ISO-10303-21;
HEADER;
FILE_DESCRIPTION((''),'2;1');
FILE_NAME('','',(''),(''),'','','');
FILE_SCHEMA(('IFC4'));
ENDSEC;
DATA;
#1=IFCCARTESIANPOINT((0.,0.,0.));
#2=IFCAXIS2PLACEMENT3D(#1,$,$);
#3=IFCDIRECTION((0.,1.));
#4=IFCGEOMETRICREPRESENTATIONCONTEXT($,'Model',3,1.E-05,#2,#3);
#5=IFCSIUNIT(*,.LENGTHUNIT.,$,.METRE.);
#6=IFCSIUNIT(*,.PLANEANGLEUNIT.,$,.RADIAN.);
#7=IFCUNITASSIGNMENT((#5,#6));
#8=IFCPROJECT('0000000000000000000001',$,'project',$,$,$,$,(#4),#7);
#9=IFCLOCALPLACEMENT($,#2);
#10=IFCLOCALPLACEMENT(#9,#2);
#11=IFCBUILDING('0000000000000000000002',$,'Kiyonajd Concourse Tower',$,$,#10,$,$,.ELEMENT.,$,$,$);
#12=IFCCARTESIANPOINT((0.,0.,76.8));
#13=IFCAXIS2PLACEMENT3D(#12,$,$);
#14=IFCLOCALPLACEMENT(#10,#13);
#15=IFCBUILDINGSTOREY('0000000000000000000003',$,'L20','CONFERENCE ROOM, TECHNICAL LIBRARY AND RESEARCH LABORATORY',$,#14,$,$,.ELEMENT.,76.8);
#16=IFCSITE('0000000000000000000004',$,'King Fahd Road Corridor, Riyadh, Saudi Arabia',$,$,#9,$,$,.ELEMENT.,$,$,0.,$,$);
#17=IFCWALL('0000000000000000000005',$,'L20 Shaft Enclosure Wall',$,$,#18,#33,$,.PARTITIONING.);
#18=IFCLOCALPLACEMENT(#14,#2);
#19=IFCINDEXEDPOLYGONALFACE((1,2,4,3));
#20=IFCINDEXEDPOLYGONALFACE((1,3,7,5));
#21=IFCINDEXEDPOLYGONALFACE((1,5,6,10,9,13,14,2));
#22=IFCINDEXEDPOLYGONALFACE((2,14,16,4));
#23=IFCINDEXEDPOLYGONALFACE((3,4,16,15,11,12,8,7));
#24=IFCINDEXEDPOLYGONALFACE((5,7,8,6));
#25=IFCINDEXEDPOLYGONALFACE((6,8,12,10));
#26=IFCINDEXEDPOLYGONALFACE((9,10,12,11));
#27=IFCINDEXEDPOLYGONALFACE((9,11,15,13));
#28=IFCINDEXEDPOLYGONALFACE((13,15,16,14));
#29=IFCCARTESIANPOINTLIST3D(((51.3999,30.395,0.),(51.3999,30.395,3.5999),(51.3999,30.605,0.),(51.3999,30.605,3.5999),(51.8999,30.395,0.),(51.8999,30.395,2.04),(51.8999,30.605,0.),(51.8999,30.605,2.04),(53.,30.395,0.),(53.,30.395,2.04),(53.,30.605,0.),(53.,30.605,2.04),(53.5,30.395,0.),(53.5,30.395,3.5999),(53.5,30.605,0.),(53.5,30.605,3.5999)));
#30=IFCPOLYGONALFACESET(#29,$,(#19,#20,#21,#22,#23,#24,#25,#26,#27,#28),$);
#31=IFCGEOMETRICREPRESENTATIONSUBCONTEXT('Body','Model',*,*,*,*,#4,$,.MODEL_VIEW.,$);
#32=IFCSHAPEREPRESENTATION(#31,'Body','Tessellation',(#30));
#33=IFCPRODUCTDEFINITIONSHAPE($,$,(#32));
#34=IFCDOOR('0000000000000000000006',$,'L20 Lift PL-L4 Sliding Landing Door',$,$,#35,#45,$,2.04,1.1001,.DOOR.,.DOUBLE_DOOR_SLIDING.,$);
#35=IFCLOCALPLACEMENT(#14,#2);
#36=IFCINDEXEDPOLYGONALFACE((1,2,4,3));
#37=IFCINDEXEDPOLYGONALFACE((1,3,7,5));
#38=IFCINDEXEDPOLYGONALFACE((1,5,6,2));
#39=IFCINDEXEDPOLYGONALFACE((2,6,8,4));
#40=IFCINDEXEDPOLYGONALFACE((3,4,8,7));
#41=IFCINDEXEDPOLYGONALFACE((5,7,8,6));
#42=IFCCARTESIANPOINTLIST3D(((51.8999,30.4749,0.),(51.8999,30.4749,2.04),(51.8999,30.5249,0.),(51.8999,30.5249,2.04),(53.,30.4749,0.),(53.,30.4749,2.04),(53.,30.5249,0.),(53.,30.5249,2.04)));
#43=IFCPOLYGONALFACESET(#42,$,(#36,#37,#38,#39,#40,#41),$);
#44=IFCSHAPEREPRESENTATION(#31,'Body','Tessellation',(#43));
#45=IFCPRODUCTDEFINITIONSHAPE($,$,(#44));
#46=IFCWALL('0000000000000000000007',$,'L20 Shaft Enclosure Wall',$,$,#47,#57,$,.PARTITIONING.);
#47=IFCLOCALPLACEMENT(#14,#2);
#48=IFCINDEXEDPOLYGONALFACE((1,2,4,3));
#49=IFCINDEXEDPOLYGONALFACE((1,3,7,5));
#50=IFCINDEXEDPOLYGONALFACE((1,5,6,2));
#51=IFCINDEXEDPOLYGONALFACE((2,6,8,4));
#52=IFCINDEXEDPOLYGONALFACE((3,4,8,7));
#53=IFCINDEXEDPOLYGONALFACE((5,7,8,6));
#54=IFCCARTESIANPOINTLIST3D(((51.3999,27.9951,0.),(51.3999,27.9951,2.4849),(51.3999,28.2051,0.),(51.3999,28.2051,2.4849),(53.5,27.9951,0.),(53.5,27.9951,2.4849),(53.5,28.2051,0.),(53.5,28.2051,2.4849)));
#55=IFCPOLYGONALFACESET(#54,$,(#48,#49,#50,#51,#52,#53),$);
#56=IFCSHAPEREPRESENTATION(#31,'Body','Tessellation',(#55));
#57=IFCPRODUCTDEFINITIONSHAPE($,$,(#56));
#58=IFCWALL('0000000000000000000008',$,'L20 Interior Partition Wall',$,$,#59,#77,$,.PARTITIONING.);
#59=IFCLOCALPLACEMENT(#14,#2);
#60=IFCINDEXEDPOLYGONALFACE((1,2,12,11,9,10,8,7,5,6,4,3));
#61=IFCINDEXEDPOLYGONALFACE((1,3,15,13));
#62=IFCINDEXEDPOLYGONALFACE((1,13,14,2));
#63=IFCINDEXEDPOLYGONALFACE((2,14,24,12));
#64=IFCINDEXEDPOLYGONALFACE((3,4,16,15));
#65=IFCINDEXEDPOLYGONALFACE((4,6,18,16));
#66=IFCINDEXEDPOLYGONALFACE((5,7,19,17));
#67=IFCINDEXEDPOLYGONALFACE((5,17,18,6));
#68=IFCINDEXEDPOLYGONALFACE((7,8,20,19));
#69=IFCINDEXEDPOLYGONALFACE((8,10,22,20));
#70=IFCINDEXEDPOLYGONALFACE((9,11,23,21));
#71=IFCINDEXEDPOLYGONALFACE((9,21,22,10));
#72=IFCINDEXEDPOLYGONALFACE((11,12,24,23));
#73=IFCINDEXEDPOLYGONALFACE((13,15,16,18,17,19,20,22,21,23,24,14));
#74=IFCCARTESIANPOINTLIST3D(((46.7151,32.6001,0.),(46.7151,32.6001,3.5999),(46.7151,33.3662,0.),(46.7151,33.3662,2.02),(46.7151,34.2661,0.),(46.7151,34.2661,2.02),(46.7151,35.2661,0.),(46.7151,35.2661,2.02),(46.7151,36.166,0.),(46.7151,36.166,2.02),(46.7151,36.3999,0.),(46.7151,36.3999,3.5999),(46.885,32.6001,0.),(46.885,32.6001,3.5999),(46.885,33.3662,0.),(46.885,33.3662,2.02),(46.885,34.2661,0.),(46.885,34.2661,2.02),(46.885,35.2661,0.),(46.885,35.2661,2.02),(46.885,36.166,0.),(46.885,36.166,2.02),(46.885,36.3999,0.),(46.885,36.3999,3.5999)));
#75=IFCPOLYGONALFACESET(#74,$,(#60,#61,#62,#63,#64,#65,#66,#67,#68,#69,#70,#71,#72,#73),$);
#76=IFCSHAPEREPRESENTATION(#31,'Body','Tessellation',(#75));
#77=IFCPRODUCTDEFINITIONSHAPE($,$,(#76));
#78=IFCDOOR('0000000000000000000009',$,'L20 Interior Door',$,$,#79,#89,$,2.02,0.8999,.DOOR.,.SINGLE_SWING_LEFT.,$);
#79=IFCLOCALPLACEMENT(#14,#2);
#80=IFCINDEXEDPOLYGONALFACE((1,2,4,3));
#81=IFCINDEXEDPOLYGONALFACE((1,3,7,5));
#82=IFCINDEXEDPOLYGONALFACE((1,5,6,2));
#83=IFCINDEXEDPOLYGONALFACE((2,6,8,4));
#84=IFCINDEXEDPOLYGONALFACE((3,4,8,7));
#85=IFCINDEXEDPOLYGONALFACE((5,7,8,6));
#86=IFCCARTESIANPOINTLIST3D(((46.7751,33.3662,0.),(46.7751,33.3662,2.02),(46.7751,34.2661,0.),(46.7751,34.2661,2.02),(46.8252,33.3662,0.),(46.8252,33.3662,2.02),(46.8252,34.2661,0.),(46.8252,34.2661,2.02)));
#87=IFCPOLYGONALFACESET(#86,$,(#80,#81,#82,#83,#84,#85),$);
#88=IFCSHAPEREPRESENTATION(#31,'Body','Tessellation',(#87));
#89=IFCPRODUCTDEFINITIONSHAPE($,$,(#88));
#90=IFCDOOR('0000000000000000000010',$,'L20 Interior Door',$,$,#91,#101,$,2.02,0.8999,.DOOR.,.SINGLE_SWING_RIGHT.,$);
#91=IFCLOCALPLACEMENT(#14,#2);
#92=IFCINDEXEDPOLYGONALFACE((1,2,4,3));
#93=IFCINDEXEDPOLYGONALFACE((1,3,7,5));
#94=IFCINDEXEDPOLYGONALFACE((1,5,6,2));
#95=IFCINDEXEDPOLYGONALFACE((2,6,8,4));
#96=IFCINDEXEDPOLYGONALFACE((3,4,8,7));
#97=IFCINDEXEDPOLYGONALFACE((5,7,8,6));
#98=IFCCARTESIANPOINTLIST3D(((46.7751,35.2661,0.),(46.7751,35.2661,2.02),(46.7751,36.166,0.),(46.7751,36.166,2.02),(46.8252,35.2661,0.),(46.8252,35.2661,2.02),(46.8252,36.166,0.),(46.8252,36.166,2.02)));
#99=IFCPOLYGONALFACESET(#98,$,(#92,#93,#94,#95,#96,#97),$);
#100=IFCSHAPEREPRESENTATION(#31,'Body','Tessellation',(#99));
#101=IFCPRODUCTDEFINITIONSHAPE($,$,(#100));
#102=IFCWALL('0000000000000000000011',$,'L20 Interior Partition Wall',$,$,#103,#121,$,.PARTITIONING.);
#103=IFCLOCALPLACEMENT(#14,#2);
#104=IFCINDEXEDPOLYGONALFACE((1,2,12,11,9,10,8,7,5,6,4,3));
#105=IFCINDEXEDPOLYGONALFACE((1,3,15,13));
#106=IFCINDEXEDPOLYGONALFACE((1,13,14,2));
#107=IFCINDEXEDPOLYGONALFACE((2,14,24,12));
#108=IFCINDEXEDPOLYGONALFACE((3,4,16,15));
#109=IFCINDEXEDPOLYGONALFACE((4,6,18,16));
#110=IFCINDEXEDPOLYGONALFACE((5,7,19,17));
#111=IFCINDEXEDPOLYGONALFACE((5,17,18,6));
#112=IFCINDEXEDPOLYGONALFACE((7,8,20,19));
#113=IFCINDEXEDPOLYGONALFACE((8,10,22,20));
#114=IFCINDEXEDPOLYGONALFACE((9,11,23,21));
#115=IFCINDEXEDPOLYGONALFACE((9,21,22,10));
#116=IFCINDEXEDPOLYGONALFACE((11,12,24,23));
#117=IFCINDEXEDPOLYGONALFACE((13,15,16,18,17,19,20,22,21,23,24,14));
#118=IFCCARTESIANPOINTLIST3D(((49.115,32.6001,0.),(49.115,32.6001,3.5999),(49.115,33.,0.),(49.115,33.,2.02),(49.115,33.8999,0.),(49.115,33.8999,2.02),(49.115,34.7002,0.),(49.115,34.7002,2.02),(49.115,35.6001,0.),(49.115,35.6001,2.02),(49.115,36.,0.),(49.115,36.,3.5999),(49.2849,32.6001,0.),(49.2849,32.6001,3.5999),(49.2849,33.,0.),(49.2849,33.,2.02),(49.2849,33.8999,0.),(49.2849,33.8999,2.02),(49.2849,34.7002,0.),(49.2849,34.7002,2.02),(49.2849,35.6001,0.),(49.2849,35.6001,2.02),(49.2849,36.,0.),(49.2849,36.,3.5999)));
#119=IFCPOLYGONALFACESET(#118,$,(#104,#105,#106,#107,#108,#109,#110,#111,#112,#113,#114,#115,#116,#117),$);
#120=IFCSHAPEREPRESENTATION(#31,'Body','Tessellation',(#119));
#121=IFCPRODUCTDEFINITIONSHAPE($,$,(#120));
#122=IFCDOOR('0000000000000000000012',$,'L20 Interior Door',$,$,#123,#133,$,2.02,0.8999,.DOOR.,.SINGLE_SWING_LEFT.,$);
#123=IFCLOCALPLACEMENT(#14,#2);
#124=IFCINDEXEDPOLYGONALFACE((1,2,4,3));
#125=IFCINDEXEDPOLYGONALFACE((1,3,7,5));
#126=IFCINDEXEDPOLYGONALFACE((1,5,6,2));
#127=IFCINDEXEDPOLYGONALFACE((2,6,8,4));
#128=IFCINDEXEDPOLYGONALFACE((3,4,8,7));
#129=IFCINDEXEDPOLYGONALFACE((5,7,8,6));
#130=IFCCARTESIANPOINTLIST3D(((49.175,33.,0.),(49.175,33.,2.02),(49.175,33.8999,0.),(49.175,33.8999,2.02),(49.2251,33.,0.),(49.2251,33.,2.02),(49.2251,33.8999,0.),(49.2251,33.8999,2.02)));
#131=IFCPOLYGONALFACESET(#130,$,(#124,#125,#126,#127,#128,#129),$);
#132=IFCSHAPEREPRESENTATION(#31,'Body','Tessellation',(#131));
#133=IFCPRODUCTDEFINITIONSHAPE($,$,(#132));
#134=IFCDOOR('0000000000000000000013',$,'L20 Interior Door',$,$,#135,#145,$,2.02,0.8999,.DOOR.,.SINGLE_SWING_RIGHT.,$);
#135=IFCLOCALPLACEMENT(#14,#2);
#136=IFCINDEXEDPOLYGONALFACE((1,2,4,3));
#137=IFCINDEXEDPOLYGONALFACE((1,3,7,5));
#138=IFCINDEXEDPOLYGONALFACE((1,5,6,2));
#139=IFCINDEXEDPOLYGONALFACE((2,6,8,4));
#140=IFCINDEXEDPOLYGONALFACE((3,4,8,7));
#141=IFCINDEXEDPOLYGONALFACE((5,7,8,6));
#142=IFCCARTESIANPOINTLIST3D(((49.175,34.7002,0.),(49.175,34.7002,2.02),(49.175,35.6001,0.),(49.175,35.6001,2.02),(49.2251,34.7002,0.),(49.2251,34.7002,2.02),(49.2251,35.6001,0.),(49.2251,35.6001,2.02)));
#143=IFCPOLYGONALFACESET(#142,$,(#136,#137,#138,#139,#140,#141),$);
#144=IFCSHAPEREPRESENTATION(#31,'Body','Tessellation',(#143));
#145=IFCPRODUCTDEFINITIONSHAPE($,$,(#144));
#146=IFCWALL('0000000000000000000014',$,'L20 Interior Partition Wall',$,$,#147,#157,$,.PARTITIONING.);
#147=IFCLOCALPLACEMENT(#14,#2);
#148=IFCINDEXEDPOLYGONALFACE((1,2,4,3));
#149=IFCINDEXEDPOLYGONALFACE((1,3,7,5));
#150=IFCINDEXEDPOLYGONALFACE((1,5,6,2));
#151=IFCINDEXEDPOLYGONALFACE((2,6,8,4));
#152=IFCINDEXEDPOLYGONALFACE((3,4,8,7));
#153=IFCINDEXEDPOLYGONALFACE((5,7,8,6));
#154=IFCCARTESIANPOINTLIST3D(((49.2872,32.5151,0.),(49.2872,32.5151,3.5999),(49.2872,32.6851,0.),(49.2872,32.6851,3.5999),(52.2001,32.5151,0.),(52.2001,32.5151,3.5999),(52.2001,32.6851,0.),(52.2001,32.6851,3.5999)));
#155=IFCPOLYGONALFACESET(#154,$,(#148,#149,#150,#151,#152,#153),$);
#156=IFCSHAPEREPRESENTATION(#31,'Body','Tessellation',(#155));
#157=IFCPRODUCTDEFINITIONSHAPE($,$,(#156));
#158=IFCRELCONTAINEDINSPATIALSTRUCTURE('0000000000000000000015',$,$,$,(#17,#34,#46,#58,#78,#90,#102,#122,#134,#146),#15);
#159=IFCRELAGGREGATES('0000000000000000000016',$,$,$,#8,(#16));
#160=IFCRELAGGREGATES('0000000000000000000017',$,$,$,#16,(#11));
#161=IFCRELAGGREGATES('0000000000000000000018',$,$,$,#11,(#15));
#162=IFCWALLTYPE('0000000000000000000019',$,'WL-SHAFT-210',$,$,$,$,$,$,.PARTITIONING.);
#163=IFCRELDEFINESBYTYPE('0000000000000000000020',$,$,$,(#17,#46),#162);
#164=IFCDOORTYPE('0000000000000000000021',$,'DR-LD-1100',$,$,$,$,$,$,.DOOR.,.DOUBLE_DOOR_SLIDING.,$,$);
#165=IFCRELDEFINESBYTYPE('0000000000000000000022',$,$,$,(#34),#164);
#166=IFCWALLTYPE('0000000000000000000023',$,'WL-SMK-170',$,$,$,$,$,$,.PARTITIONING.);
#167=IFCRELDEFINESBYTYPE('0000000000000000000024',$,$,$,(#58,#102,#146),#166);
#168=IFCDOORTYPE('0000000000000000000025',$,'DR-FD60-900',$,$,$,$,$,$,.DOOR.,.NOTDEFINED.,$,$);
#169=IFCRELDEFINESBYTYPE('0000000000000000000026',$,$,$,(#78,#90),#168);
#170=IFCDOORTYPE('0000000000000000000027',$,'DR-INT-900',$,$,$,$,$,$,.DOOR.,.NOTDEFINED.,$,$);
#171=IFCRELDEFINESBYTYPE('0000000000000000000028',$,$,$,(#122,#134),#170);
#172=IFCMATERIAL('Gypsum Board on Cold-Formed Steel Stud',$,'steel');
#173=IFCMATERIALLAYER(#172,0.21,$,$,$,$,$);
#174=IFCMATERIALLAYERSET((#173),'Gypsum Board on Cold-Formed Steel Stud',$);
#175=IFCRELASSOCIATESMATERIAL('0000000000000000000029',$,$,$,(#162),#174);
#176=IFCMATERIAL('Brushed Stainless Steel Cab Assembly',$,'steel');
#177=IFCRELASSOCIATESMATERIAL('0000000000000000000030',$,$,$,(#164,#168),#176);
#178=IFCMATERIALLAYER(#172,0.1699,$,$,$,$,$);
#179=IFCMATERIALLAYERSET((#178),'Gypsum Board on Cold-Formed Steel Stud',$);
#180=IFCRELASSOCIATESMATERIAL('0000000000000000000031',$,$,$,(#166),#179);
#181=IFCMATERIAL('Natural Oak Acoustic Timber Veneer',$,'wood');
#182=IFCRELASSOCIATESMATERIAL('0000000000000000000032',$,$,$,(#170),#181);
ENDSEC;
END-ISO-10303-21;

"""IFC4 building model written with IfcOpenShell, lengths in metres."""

from ifc_helpers import new_model, si_unit, direction, frame, frame_2d, origin, place, context, subcontext, project, spatial, rectangle, extrude, material, layer, layer_set, type_object, element, fill, save


model = new_model("IFC4")

# Units and contexts
model_context = context("Model", 3, precision=1e-05, world=origin(), true_north=direction((0.0, 1.0)))
body_context = subcontext(model_context, "Body", "Model", "MODEL_VIEW")
ifc_project = project(units=[si_unit("LENGTHUNIT", "METRE"), si_unit("PLANEANGLEUNIT", "RADIAN")], contexts=[model_context])

# Site, building, storey
site_placement = place(None, origin())
site = spatial("IfcSite", under=ifc_project, at=site_placement, Name="King Fahd Road Corridor, Riyadh, Saudi Arabia", CompositionType="ELEMENT", RefElevation=0.0)
building_placement = place(site_placement, origin())
building = spatial("IfcBuilding", under=site, at=building_placement, Name="Kiyonajd Concourse Tower", CompositionType="ELEMENT")
storey_placement = place(building_placement, frame((0.0, 0.0, 76.8)))
storey = spatial("IfcBuildingStorey", under=building, at=storey_placement, Name="L20", Description="CONFERENCE ROOM, TECHNICAL LIBRARY AND RESEARCH LABORATORY", CompositionType="ELEMENT", Elevation=76.8)

# Shared definitions
ifc_material_1 = material(Name="Brushed Stainless Steel Cab Assembly", Category="steel")

# Shared definitions
ifc_material_2 = material(Name="Gypsum Board on Cold-Formed Steel Stud", Category="steel")
ifc_layer_1 = layer(ifc_material_2, 0.21)
ifc_layer_set_1 = layer_set([ifc_layer_1], Name="Gypsum Board on Cold-Formed Steel Stud")
wall_type_1 = type_object("IfcWallType", Name="WL-SHAFT-210", PredefinedType="PARTITIONING", material=ifc_layer_set_1)

# Shared definitions
door_type_1 = type_object("IfcDoorType", Name="DR-LD-1100", OperationType="DOUBLE_DOOR_SLIDING", PredefinedType="DOOR", material=ifc_material_1)

# Wall, opening, door
wall_1_placement = place(storey_placement, frame((51.3999, 30.5, 0.0), z_axis=(0.0, 0.0, 1.0), x_axis=(1.0, 0.0, 0.0)))
wall_1 = element("IfcWall", 1, at=wall_1_placement, inside=storey, type_object=wall_type_1, Name="L20 Shaft Enclosure Wall", PredefinedType="PARTITIONING", context=body_context, shape_type="SweptSolid", body=[
    extrude(rectangle(XDim=2.1001, YDim=0.21, at=frame_2d((1.05, 0.0))), origin(), (0.0, 0.0, 1.0), 3.5999),
])
opening_1_placement = place(wall_1_placement, frame((0.5, 0.0, 0.0)))
opening_1 = element("IfcOpeningElement", 2, at=opening_1_placement, cuts=wall_1, PredefinedType="OPENING", context=body_context, shape_type="SweptSolid", body=[
    extrude(rectangle(XDim=1.1001, YDim=2.04, at=frame_2d((0.55, 1.02))), frame((0.0, 0.115, 0.0), z_axis=(0.0, -1.0, 0.0), x_axis=(1.0, 0.0, 0.0)), (0.0, 0.0, 1.0), 0.23),
])
door_1_placement = place(opening_1_placement, origin())
door_1 = element("IfcDoor", 3, at=door_1_placement, inside=storey, type_object=door_type_1, Name="L20 Lift PL-L4 Sliding Landing Door", OperationType="DOUBLE_DOOR_SLIDING", OverallHeight=2.04, OverallWidth=1.1001, PredefinedType="DOOR", context=body_context, shape_type="SweptSolid", body=[
    extrude(rectangle(XDim=1.1001, YDim=2.04, at=frame_2d((0.55, 1.02))), frame((0.0, 0.0249, 0.0), z_axis=(0.0, -1.0, 0.0), x_axis=(1.0, 0.0, 0.0)), (0.0, 0.0, 1.0), 0.05),
])
fill(opening_1, door_1)

# Wall
wall_2_placement = place(storey_placement, frame((51.3999, 28.1001, 0.0), z_axis=(0.0, 0.0, 1.0), x_axis=(1.0, 0.0, 0.0)))
element("IfcWall", 4, at=wall_2_placement, inside=storey, type_object=wall_type_1, Name="L20 Shaft Enclosure Wall", PredefinedType="PARTITIONING", context=body_context, shape_type="SweptSolid", body=[
    extrude(rectangle(XDim=2.1001, YDim=0.21, at=frame_2d((1.05, 0.0))), origin(), (0.0, 0.0, 1.0), 2.4849),
])

# Walls, openings, doors
ifc_layer_2 = layer(ifc_material_2, 0.1699)
ifc_layer_set_2 = layer_set([ifc_layer_2], Name="Gypsum Board on Cold-Formed Steel Stud")
wall_type_2 = type_object("IfcWallType", Name="WL-SMK-170", PredefinedType="PARTITIONING", material=ifc_layer_set_2)
wall_3_placement = place(storey_placement, frame((46.8, 32.6001, 0.0), z_axis=(0.0, 0.0, 1.0), x_axis=(0.0, 1.0, 0.0)))
wall_3 = element("IfcWall", 5, at=wall_3_placement, inside=storey, type_object=wall_type_2, Name="L20 Interior Partition Wall", PredefinedType="PARTITIONING", context=body_context, shape_type="SweptSolid", body=[
    extrude(rectangle(XDim=3.7998, YDim=0.1699, at=frame_2d((1.8999, 0.0))), origin(), (0.0, 0.0, 1.0), 3.5999),
])
opening_2_placement = place(wall_3_placement, frame((0.7661, 0.0, 0.0)))
opening_2 = element("IfcOpeningElement", 6, at=opening_2_placement, cuts=wall_3, PredefinedType="OPENING", context=body_context, shape_type="SweptSolid", body=[
    extrude(rectangle(XDim=0.8999, YDim=2.02, at=frame_2d((0.45, 1.01))), frame((0.0, 0.095, 0.0), z_axis=(0.0, -1.0, 0.0), x_axis=(1.0, 0.0, 0.0)), (0.0, 0.0, 1.0), 0.1899),
])
opening_3_placement = place(wall_3_placement, frame((2.666, 0.0, 0.0)))
opening_3 = element("IfcOpeningElement", 7, at=opening_3_placement, cuts=wall_3, PredefinedType="OPENING", context=body_context, shape_type="SweptSolid", body=[
    extrude(rectangle(XDim=0.8999, YDim=2.02, at=frame_2d((0.45, 1.01))), frame((0.0, 0.095, 0.0), z_axis=(0.0, -1.0, 0.0), x_axis=(1.0, 0.0, 0.0)), (0.0, 0.0, 1.0), 0.1899),
])
door_type_2 = type_object("IfcDoorType", Name="DR-FD60-900", OperationType="NOTDEFINED", PredefinedType="DOOR", material=ifc_material_1)
door_2_placement = place(opening_2_placement, origin())
door_2 = element("IfcDoor", 8, at=door_2_placement, inside=storey, type_object=door_type_2, Name="L20 Interior Door", OperationType="SINGLE_SWING_LEFT", OverallHeight=2.02, OverallWidth=0.8999, PredefinedType="DOOR", context=body_context, shape_type="SweptSolid", body=[
    extrude(rectangle(XDim=0.8999, YDim=2.02, at=frame_2d((0.45, 1.01))), frame((0.0, 0.0249, 0.0), z_axis=(0.0, -1.0, 0.0), x_axis=(1.0, 0.0, 0.0)), (0.0, 0.0, 1.0), 0.05),
])
fill(opening_2, door_2)
door_3_placement = place(opening_3_placement, origin())
door_3 = element("IfcDoor", 9, at=door_3_placement, inside=storey, type_object=door_type_2, Name="L20 Interior Door", OperationType="SINGLE_SWING_RIGHT", OverallHeight=2.02, OverallWidth=0.8999, PredefinedType="DOOR", context=body_context, shape_type="SweptSolid", body=[
    extrude(rectangle(XDim=0.8999, YDim=2.02, at=frame_2d((0.45, 1.01))), frame((0.0, 0.0249, 0.0), z_axis=(0.0, -1.0, 0.0), x_axis=(1.0, 0.0, 0.0)), (0.0, 0.0, 1.0), 0.05),
])
fill(opening_3, door_3)
wall_4_placement = place(storey_placement, frame((49.2, 32.6001, 0.0), z_axis=(0.0, 0.0, 1.0), x_axis=(0.0, 1.0, 0.0)))
wall_4 = element("IfcWall", 10, at=wall_4_placement, inside=storey, type_object=wall_type_2, Name="L20 Interior Partition Wall", PredefinedType="PARTITIONING", context=body_context, shape_type="SweptSolid", body=[
    extrude(rectangle(XDim=3.3999, YDim=0.1699, at=frame_2d((1.7, 0.0))), origin(), (0.0, 0.0, 1.0), 3.5999),
])
opening_4_placement = place(wall_4_placement, frame((0.3999, 0.0, 0.0)))
opening_4 = element("IfcOpeningElement", 11, at=opening_4_placement, cuts=wall_4, PredefinedType="OPENING", context=body_context, shape_type="SweptSolid", body=[
    extrude(rectangle(XDim=0.8999, YDim=2.02, at=frame_2d((0.45, 1.01))), frame((0.0, 0.095, 0.0), z_axis=(0.0, -1.0, 0.0), x_axis=(1.0, 0.0, 0.0)), (0.0, 0.0, 1.0), 0.1899),
])
opening_5_placement = place(wall_4_placement, frame((2.1001, 0.0, 0.0)))
opening_5 = element("IfcOpeningElement", 12, at=opening_5_placement, cuts=wall_4, PredefinedType="OPENING", context=body_context, shape_type="SweptSolid", body=[
    extrude(rectangle(XDim=0.8999, YDim=2.02, at=frame_2d((0.45, 1.01))), frame((0.0, 0.095, 0.0), z_axis=(0.0, -1.0, 0.0), x_axis=(1.0, 0.0, 0.0)), (0.0, 0.0, 1.0), 0.1899),
])
ifc_material_3 = material(Name="Natural Oak Acoustic Timber Veneer", Category="wood")
door_type_3 = type_object("IfcDoorType", Name="DR-INT-900", OperationType="NOTDEFINED", PredefinedType="DOOR", material=ifc_material_3)
door_4_placement = place(opening_4_placement, origin())
door_4 = element("IfcDoor", 13, at=door_4_placement, inside=storey, type_object=door_type_3, Name="L20 Interior Door", OperationType="SINGLE_SWING_LEFT", OverallHeight=2.02, OverallWidth=0.8999, PredefinedType="DOOR", context=body_context, shape_type="SweptSolid", body=[
    extrude(rectangle(XDim=0.8999, YDim=2.02, at=frame_2d((0.45, 1.01))), frame((0.0, 0.0249, 0.0), z_axis=(0.0, -1.0, 0.0), x_axis=(1.0, 0.0, 0.0)), (0.0, 0.0, 1.0), 0.05),
])
fill(opening_4, door_4)
door_5_placement = place(opening_5_placement, origin())
door_5 = element("IfcDoor", 14, at=door_5_placement, inside=storey, type_object=door_type_3, Name="L20 Interior Door", OperationType="SINGLE_SWING_RIGHT", OverallHeight=2.02, OverallWidth=0.8999, PredefinedType="DOOR", context=body_context, shape_type="SweptSolid", body=[
    extrude(rectangle(XDim=0.8999, YDim=2.02, at=frame_2d((0.45, 1.01))), frame((0.0, 0.0249, 0.0), z_axis=(0.0, -1.0, 0.0), x_axis=(1.0, 0.0, 0.0)), (0.0, 0.0, 1.0), 0.05),
])
fill(opening_5, door_5)

# Wall
wall_5_placement = place(storey_placement, frame((49.2871, 32.6001, 0.0), z_axis=(0.0, 0.0, 1.0), x_axis=(1.0, 0.0, 0.0)))
element("IfcWall", 15, at=wall_5_placement, inside=storey, type_object=wall_type_2, Name="L20 Interior Partition Wall", PredefinedType="PARTITIONING", context=body_context, shape_type="SweptSolid", body=[
    extrude(rectangle(XDim=2.9128, YDim=0.1699, at=frame_2d((1.4565, 0.0))), origin(), (0.0, 0.0, 1.0), 3.5999),
])

save(model, "model.ifc")
